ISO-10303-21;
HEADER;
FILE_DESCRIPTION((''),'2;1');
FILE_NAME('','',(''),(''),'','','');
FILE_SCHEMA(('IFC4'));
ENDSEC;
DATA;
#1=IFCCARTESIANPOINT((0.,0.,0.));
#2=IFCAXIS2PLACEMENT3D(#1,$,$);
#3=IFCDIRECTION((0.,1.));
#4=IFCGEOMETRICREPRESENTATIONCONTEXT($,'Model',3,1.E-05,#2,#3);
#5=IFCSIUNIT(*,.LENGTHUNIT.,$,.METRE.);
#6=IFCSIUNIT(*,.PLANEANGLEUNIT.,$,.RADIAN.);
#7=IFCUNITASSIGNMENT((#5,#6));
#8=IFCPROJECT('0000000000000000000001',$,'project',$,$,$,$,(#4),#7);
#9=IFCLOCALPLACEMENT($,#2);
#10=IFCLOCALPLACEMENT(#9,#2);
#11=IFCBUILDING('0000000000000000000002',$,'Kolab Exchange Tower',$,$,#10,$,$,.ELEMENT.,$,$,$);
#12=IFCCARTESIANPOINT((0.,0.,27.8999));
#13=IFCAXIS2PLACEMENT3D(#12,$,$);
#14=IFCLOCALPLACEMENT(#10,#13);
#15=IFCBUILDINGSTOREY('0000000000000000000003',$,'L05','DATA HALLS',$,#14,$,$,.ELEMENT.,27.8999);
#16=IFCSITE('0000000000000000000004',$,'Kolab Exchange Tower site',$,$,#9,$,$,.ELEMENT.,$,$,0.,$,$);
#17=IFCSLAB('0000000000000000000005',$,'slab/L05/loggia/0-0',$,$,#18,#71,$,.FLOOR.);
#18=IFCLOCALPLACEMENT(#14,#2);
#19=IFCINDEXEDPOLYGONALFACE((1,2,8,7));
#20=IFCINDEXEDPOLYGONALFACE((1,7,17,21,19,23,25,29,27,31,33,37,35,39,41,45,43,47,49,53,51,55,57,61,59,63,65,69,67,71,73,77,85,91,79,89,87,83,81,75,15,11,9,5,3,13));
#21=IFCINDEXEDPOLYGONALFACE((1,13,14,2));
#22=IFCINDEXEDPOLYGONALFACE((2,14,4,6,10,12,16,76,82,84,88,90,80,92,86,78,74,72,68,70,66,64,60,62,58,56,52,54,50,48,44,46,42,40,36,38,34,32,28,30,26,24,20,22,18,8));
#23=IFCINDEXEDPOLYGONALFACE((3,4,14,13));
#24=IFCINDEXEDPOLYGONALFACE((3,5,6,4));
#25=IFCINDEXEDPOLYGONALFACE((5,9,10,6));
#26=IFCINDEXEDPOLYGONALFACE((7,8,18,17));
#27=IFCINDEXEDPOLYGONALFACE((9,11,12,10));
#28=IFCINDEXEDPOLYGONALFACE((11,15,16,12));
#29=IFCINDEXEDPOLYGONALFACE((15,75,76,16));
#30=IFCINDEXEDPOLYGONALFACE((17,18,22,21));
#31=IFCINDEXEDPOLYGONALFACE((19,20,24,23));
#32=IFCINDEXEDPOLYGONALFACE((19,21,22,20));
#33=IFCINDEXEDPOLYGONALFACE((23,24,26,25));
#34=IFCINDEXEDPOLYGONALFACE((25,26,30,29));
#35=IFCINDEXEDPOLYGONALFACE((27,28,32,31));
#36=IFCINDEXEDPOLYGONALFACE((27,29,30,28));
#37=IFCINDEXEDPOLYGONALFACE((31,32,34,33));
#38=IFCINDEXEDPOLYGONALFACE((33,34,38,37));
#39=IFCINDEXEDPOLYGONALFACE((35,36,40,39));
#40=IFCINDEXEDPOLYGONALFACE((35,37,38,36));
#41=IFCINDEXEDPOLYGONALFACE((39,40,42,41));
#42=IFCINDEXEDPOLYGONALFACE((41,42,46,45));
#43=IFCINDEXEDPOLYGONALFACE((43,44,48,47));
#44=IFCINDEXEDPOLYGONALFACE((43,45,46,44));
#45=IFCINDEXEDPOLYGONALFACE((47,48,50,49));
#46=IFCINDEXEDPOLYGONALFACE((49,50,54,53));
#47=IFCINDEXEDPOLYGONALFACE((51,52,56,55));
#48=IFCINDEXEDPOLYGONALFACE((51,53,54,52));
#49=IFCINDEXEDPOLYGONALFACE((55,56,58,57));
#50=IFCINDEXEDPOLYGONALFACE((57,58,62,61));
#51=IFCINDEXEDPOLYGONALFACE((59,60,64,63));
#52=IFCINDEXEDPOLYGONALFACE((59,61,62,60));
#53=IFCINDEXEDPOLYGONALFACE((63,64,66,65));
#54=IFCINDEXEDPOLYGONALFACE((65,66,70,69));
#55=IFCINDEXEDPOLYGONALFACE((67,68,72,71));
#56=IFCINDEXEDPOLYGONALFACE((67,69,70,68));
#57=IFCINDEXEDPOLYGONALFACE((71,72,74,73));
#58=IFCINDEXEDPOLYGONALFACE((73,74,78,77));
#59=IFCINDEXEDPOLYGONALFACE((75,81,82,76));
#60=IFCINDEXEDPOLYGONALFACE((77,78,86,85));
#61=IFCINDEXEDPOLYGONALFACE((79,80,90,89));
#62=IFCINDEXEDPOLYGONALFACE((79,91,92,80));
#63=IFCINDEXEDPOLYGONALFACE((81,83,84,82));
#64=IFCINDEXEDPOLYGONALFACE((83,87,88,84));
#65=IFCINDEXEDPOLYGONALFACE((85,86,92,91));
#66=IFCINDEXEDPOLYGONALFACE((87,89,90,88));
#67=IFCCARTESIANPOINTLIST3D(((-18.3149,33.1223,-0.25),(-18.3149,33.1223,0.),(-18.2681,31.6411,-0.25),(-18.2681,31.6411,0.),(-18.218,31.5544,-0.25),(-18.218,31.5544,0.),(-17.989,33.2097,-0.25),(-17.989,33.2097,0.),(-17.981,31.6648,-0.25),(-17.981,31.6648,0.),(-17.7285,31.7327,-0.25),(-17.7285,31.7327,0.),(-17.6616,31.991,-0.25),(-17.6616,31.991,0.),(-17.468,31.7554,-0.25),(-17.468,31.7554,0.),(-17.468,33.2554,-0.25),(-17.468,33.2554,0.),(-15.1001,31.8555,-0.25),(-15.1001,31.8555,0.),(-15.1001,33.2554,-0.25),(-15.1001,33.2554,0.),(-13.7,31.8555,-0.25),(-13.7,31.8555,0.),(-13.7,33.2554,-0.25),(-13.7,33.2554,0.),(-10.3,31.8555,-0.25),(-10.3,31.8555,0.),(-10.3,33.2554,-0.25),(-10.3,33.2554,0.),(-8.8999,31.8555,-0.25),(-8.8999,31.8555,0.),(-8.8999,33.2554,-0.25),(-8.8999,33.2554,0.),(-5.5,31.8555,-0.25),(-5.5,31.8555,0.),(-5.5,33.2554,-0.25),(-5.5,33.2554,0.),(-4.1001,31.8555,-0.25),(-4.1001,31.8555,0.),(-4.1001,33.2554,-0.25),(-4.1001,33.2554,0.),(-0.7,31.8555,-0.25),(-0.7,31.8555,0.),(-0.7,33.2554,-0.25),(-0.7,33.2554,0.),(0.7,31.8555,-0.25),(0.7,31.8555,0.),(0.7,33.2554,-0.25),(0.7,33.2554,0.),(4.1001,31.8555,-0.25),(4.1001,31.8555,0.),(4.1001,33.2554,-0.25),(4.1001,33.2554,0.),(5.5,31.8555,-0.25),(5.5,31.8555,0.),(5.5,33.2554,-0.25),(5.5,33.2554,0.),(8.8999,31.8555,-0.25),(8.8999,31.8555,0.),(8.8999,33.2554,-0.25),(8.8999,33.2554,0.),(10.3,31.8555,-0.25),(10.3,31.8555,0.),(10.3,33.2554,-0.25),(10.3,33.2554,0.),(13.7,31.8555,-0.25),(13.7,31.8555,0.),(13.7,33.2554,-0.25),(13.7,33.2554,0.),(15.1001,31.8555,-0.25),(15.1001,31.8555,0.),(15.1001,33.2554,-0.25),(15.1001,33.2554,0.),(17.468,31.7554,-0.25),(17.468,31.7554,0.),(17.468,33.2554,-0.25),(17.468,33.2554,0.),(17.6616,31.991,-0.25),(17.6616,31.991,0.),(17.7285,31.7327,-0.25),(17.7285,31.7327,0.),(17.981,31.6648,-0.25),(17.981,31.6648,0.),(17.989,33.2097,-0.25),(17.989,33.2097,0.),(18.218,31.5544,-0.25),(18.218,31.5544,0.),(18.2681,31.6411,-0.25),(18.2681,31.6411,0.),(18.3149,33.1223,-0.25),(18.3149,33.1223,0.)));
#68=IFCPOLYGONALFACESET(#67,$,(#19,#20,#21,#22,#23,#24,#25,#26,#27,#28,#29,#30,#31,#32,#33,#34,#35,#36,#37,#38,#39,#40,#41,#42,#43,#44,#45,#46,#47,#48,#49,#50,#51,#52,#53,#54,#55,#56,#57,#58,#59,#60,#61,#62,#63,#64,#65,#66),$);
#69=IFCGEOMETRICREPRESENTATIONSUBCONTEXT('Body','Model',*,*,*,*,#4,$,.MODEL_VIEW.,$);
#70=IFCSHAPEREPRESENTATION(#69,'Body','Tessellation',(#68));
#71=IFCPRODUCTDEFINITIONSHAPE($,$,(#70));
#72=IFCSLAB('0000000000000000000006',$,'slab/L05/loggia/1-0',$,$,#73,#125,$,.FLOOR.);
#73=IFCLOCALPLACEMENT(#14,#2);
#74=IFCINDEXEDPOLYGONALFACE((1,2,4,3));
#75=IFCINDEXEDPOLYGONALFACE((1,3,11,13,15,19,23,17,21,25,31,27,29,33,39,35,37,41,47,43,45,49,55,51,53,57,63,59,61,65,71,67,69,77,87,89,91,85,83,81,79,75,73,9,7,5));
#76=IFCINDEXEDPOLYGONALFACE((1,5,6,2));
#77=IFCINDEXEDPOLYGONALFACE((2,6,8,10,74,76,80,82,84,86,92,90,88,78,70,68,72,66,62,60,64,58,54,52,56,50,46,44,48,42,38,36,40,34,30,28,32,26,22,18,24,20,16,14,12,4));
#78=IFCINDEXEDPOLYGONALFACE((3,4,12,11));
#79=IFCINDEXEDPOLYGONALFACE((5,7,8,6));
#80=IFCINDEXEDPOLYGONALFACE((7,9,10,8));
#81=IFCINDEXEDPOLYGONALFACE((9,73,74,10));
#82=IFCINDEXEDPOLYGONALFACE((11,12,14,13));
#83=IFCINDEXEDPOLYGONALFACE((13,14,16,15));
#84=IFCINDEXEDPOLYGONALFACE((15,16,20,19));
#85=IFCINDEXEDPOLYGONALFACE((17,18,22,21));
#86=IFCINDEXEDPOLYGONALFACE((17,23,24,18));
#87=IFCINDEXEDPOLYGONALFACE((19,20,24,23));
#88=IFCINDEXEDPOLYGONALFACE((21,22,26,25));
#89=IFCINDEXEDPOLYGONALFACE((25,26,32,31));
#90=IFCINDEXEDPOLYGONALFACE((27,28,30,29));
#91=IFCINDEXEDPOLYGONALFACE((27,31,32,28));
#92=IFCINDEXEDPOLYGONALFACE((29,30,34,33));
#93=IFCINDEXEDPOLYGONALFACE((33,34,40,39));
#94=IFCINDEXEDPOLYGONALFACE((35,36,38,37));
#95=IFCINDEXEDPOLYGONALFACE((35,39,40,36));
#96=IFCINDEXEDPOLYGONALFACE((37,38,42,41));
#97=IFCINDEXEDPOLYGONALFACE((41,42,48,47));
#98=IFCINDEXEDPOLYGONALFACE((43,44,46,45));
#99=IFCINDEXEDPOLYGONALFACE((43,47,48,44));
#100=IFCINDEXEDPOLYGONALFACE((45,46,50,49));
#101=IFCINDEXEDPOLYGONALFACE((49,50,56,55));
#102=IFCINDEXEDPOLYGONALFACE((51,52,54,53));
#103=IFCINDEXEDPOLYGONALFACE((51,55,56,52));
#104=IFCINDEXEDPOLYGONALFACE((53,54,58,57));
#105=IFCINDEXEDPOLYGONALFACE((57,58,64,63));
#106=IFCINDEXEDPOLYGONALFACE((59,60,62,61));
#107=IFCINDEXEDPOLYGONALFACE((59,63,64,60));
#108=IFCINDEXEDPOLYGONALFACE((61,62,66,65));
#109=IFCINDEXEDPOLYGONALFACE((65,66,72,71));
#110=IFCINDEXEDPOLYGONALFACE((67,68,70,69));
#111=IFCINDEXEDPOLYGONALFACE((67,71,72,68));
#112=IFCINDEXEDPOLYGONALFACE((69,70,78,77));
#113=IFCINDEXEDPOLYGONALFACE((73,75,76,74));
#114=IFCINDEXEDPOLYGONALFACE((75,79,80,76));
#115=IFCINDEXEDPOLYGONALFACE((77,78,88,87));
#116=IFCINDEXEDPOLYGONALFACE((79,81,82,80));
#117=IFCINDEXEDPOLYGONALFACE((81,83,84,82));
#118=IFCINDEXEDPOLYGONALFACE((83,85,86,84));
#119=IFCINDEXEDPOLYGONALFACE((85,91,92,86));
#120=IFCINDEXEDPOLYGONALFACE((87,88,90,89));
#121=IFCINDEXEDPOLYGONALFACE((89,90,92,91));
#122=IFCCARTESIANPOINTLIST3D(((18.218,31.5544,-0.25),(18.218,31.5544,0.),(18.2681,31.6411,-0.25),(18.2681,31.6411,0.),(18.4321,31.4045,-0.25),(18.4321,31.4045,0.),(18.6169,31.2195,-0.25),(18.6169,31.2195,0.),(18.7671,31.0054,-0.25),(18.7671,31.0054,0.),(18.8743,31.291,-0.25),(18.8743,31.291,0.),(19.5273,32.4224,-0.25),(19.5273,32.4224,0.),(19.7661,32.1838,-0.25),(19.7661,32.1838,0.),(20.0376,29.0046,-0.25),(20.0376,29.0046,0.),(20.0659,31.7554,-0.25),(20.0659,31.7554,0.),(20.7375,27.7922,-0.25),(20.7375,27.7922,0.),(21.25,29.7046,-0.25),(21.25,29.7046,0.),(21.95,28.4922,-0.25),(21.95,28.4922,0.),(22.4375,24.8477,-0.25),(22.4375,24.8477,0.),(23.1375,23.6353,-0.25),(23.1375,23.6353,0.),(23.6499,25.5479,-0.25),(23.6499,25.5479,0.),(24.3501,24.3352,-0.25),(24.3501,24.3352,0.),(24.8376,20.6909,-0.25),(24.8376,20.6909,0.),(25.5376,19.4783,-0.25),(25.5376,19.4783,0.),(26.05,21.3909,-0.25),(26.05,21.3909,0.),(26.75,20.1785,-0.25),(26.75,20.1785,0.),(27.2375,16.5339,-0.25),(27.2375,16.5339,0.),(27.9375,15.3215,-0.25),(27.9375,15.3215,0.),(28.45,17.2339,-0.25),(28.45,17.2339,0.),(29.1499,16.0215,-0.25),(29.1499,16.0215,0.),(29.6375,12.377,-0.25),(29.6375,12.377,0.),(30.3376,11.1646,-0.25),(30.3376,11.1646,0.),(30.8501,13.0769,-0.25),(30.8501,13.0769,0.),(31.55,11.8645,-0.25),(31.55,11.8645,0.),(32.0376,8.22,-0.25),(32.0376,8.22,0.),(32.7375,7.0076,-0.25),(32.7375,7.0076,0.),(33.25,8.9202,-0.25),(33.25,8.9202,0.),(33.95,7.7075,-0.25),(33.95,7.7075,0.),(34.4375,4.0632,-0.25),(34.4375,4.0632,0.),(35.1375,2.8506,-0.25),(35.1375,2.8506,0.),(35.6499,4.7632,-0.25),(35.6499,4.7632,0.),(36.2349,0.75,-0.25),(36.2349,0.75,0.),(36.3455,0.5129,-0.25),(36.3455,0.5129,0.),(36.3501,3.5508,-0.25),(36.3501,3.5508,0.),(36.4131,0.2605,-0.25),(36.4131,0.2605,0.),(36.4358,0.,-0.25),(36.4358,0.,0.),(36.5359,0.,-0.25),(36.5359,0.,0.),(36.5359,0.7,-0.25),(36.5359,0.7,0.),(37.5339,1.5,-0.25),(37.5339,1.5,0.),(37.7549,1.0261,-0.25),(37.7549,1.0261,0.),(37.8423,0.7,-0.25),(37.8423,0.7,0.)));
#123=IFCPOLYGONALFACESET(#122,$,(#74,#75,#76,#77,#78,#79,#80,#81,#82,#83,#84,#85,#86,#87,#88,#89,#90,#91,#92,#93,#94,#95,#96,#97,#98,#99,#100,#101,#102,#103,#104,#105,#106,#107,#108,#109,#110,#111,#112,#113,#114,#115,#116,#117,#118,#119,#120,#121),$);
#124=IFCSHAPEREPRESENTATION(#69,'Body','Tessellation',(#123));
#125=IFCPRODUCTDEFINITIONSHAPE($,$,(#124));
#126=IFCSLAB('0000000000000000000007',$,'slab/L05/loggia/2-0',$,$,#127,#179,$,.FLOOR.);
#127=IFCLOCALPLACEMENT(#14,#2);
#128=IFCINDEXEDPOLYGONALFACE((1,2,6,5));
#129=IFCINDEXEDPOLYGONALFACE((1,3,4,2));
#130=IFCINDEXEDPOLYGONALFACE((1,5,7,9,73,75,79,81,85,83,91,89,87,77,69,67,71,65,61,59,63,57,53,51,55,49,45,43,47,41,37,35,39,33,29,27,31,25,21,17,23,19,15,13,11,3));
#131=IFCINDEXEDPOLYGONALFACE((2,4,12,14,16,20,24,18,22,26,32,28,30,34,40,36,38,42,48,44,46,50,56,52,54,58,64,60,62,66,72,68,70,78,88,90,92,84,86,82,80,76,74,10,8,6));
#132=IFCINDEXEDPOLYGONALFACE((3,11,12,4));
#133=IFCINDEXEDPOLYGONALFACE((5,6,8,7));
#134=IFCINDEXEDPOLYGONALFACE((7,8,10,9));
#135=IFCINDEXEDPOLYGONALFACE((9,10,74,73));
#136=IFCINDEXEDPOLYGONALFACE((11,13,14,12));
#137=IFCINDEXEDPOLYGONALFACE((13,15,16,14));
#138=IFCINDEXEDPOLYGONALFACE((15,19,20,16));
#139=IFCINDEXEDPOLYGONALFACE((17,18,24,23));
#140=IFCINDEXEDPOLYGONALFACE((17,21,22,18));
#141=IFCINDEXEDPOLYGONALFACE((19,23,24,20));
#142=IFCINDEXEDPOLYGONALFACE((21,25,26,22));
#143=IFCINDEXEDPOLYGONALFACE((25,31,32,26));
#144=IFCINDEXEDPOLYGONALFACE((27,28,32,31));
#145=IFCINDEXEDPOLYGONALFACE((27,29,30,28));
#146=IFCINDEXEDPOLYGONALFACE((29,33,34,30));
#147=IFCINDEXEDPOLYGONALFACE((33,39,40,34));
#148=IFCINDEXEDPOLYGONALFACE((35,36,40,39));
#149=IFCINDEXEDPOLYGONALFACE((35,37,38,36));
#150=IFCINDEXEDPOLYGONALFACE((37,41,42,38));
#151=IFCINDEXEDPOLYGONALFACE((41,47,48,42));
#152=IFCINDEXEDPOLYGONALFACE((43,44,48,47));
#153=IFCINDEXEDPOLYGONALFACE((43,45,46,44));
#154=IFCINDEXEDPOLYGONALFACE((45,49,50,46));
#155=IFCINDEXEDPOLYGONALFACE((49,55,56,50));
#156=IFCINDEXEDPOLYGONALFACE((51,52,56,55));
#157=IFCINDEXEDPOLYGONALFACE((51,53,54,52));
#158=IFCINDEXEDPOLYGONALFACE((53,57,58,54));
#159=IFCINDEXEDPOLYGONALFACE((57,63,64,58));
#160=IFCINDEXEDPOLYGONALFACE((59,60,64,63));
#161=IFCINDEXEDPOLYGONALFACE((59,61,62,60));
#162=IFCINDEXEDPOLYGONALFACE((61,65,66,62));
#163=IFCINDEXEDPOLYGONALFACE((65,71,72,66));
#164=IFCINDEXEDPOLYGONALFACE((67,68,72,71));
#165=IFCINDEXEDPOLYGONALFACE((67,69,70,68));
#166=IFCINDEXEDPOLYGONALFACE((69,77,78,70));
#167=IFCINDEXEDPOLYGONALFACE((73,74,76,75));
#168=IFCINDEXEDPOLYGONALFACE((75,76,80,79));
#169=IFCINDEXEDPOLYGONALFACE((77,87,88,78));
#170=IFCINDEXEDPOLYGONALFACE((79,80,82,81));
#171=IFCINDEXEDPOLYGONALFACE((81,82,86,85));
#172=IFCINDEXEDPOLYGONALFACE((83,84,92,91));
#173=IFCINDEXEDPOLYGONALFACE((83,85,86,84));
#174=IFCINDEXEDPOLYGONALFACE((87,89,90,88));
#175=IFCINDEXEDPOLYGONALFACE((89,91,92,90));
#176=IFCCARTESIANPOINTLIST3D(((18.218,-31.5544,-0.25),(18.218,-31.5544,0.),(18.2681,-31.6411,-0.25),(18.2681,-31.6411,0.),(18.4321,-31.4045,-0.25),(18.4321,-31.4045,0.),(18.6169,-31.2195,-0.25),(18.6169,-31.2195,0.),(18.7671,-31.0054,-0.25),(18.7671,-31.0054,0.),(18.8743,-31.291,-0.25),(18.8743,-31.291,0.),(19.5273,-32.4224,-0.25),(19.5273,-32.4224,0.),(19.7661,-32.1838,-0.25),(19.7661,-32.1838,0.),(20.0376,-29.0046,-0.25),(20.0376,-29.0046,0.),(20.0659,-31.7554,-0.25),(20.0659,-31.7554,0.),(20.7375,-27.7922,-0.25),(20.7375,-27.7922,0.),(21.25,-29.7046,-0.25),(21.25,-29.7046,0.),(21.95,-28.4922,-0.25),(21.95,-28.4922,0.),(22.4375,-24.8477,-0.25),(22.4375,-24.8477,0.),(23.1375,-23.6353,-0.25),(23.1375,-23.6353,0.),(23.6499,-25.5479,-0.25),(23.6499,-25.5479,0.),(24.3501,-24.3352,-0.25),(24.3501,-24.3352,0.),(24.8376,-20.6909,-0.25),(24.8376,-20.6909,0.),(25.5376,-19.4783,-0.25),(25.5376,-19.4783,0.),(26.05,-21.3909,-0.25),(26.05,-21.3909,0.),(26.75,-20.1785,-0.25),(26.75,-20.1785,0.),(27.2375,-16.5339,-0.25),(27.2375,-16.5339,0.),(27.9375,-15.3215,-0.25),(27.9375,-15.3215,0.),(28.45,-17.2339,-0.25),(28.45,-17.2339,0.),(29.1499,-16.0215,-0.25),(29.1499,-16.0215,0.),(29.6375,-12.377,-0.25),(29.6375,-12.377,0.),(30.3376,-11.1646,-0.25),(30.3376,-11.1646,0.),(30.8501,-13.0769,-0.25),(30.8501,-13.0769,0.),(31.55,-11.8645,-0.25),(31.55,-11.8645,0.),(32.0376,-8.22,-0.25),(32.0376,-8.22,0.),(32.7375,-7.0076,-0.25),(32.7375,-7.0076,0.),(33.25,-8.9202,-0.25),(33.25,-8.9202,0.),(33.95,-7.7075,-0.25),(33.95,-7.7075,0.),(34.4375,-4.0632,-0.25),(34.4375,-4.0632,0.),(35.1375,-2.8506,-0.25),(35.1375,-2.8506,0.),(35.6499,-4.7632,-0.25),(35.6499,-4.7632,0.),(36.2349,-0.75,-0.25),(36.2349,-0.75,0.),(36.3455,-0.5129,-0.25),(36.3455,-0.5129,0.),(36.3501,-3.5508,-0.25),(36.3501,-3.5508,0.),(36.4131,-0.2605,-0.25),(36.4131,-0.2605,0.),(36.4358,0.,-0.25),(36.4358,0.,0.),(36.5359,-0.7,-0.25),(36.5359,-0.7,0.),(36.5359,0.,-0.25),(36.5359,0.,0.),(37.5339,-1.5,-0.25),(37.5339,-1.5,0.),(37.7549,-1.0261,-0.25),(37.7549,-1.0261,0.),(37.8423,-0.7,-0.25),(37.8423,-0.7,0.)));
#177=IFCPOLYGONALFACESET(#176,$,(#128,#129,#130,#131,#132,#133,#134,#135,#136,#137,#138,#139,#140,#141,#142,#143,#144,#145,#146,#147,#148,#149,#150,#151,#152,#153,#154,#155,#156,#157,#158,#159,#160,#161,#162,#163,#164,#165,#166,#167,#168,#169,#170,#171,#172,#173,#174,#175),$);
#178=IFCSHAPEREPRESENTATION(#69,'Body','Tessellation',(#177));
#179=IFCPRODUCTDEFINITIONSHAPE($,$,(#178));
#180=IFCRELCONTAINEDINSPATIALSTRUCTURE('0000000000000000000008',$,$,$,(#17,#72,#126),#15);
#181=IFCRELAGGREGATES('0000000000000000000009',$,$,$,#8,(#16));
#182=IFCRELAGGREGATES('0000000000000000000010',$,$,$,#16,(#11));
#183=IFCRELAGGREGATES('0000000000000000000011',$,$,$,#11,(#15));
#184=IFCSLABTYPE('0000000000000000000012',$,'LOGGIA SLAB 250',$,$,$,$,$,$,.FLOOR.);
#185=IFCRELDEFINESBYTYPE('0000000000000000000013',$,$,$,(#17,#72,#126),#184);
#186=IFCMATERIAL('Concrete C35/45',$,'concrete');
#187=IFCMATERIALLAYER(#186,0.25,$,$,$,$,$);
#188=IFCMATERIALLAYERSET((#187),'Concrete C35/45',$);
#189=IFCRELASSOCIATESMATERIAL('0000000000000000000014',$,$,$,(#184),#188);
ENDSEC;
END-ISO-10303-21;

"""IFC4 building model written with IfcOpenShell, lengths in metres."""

from ifc_helpers import new_model, si_unit, direction, frame, origin, place, context, subcontext, project, spatial, polyline, outline, extrude, material, layer, layer_set, type_object, element, save


model = new_model("IFC4")

# Units and contexts
model_context = context("Model", 3, precision=1e-05, world=origin(), true_north=direction((0.0, 1.0)))
body_context = subcontext(model_context, "Body", "Model", "MODEL_VIEW")
ifc_project = project(units=[si_unit("LENGTHUNIT", "METRE"), si_unit("PLANEANGLEUNIT", "RADIAN")], contexts=[model_context])

# Site, building, storey
site_placement = place(None, origin())
site = spatial("IfcSite", under=ifc_project, at=site_placement, Name="Kolab Exchange Tower site", CompositionType="ELEMENT", RefElevation=0.0)
building_placement = place(site_placement, origin())
building = spatial("IfcBuilding", under=site, at=building_placement, Name="Kolab Exchange Tower", CompositionType="ELEMENT")
storey_placement = place(building_placement, frame((0.0, 0.0, 27.8999)))
storey = spatial("IfcBuildingStorey", under=building, at=storey_placement, Name="L05", Description="DATA HALLS", CompositionType="ELEMENT", Elevation=27.8999)

# Slabs
ifc_material_1 = material(Name="Concrete C35/45", Category="concrete")
ifc_layer_1 = layer(ifc_material_1, 0.25)
ifc_layer_set_1 = layer_set([ifc_layer_1], Name="Concrete C35/45")
slab_type_1 = type_object("IfcSlabType", Name="LOGGIA SLAB 250", PredefinedType="FLOOR", material=ifc_layer_set_1)
slab_1_placement = place(storey_placement, frame((0.0, 0.0, -0.25)))
element("IfcSlab", 1, at=slab_1_placement, inside=storey, type_object=slab_type_1, Name="slab/L05/loggia/0-0", PredefinedType="FLOOR", context=body_context, shape_type="SweptSolid", body=[
    extrude(outline(polyline([(18.218, 31.5544), (18.2681, 31.6411), (17.6616, 31.991), (18.3149, 33.1223), (17.989, 33.2097), (17.468, 33.2554), (15.1001, 33.2554), (15.1001, 31.8555), (13.7, 31.8555), (13.7, 33.2554), (10.3, 33.2554), (10.3, 31.8555), (8.8999, 31.8555), (8.8999, 33.2554), (5.5, 33.2554), (5.5, 31.8555), (4.1001, 31.8555), (4.1001, 33.2554), (0.7, 33.2554), (0.7, 31.8555), (-0.7, 31.8555), (-0.7, 33.2554), (-4.1001, 33.2554), (-4.1001, 31.8555), (-5.5, 31.8555), (-5.5, 33.2554), (-8.8999, 33.2554), (-8.8999, 31.8555), (-10.3, 31.8555), (-10.3, 33.2554), (-13.7, 33.2554), (-13.7, 31.8555), (-15.1001, 31.8555), (-15.1001, 33.2554), (-17.468, 33.2554), (-17.989, 33.2097), (-18.3149, 33.1223), (-17.6616, 31.991), (-18.2681, 31.6411), (-18.218, 31.5544), (-17.981, 31.6648), (-17.7285, 31.7327), (-17.468, 31.7554), (17.468, 31.7554), (17.7285, 31.7327), (17.981, 31.6648), (18.218, 31.5544)])), origin(), (0.0, 0.0, 1.0), 0.25),
])
slab_2_placement = place(storey_placement, frame((0.0, 0.0, -0.25)))
element("IfcSlab", 2, at=slab_2_placement, inside=storey, type_object=slab_type_1, Name="slab/L05/loggia/1-0", PredefinedType="FLOOR", context=body_context, shape_type="SweptSolid", body=[
    extrude(outline(polyline([(36.4358, 0.0), (36.5359, 0.0), (36.5359, 0.7), (37.8423, 0.7), (37.7549, 1.0261), (37.5339, 1.5), (36.3501, 3.5508), (35.1375, 2.8506), (34.4375, 4.0632), (35.6499, 4.7632), (33.95, 7.7075), (32.7375, 7.0076), (32.0376, 8.22), (33.25, 8.9202), (31.55, 11.8645), (30.3376, 11.1646), (29.6375, 12.377), (30.8501, 13.0769), (29.1499, 16.0215), (27.9375, 15.3215), (27.2375, 16.5339), (28.45, 17.2339), (26.75, 20.1785), (25.5376, 19.4783), (24.8376, 20.6909), (26.05, 21.3909), (24.3501, 24.3352), (23.1375, 23.6353), (22.4375, 24.8477), (23.6499, 25.5479), (21.95, 28.4922), (20.7375, 27.7922), (20.0376, 29.0046), (21.25, 29.7046), (20.0659, 31.7554), (19.7661, 32.1838), (19.5273, 32.4224), (18.8743, 31.291), (18.2681, 31.6411), (18.218, 31.5544), (18.4321, 31.4045), (18.6169, 31.2195), (18.7671, 31.0054), (36.2349, 0.75), (36.3455, 0.5129), (36.4131, 0.2605), (36.4358, 0.0)])), origin(), (0.0, 0.0, 1.0), 0.25),
])
slab_3_placement = place(storey_placement, frame((0.0, 0.0, -0.25)))
element("IfcSlab", 3, at=slab_3_placement, inside=storey, type_object=slab_type_1, Name="slab/L05/loggia/2-0", PredefinedType="FLOOR", context=body_context, shape_type="SweptSolid", body=[
    extrude(outline(polyline([(20.0659, -31.7554), (21.25, -29.7046), (20.0376, -29.0046), (20.7375, -27.7922), (21.95, -28.4922), (23.6499, -25.5479), (22.4375, -24.8477), (23.1375, -23.6353), (24.3501, -24.3352), (26.05, -21.3909), (24.8376, -20.6909), (25.5376, -19.4783), (26.75, -20.1785), (28.45, -17.2339), (27.2375, -16.5339), (27.9375, -15.3215), (29.1499, -16.0215), (30.8501, -13.0769), (29.6375, -12.377), (30.3376, -11.1646), (31.55, -11.8645), (33.25, -8.9202), (32.0376, -8.22), (32.7375, -7.0076), (33.95, -7.7075), (35.6499, -4.7632), (34.4375, -4.0632), (35.1375, -2.8506), (36.3501, -3.5508), (37.5339, -1.5), (37.7549, -1.0261), (37.8423, -0.7), (36.5359, -0.7), (36.5359, 0.0), (36.4358, 0.0), (36.4131, -0.2605), (36.3455, -0.5129), (36.2349, -0.75), (18.7671, -31.0054), (18.6169, -31.2195), (18.4321, -31.4045), (18.218, -31.5544), (18.2681, -31.6411), (18.8743, -31.291), (19.5273, -32.4224), (19.7661, -32.1838), (20.0659, -31.7554)])), origin(), (0.0, 0.0, 1.0), 0.25),
])

save(model, "model.ifc")
